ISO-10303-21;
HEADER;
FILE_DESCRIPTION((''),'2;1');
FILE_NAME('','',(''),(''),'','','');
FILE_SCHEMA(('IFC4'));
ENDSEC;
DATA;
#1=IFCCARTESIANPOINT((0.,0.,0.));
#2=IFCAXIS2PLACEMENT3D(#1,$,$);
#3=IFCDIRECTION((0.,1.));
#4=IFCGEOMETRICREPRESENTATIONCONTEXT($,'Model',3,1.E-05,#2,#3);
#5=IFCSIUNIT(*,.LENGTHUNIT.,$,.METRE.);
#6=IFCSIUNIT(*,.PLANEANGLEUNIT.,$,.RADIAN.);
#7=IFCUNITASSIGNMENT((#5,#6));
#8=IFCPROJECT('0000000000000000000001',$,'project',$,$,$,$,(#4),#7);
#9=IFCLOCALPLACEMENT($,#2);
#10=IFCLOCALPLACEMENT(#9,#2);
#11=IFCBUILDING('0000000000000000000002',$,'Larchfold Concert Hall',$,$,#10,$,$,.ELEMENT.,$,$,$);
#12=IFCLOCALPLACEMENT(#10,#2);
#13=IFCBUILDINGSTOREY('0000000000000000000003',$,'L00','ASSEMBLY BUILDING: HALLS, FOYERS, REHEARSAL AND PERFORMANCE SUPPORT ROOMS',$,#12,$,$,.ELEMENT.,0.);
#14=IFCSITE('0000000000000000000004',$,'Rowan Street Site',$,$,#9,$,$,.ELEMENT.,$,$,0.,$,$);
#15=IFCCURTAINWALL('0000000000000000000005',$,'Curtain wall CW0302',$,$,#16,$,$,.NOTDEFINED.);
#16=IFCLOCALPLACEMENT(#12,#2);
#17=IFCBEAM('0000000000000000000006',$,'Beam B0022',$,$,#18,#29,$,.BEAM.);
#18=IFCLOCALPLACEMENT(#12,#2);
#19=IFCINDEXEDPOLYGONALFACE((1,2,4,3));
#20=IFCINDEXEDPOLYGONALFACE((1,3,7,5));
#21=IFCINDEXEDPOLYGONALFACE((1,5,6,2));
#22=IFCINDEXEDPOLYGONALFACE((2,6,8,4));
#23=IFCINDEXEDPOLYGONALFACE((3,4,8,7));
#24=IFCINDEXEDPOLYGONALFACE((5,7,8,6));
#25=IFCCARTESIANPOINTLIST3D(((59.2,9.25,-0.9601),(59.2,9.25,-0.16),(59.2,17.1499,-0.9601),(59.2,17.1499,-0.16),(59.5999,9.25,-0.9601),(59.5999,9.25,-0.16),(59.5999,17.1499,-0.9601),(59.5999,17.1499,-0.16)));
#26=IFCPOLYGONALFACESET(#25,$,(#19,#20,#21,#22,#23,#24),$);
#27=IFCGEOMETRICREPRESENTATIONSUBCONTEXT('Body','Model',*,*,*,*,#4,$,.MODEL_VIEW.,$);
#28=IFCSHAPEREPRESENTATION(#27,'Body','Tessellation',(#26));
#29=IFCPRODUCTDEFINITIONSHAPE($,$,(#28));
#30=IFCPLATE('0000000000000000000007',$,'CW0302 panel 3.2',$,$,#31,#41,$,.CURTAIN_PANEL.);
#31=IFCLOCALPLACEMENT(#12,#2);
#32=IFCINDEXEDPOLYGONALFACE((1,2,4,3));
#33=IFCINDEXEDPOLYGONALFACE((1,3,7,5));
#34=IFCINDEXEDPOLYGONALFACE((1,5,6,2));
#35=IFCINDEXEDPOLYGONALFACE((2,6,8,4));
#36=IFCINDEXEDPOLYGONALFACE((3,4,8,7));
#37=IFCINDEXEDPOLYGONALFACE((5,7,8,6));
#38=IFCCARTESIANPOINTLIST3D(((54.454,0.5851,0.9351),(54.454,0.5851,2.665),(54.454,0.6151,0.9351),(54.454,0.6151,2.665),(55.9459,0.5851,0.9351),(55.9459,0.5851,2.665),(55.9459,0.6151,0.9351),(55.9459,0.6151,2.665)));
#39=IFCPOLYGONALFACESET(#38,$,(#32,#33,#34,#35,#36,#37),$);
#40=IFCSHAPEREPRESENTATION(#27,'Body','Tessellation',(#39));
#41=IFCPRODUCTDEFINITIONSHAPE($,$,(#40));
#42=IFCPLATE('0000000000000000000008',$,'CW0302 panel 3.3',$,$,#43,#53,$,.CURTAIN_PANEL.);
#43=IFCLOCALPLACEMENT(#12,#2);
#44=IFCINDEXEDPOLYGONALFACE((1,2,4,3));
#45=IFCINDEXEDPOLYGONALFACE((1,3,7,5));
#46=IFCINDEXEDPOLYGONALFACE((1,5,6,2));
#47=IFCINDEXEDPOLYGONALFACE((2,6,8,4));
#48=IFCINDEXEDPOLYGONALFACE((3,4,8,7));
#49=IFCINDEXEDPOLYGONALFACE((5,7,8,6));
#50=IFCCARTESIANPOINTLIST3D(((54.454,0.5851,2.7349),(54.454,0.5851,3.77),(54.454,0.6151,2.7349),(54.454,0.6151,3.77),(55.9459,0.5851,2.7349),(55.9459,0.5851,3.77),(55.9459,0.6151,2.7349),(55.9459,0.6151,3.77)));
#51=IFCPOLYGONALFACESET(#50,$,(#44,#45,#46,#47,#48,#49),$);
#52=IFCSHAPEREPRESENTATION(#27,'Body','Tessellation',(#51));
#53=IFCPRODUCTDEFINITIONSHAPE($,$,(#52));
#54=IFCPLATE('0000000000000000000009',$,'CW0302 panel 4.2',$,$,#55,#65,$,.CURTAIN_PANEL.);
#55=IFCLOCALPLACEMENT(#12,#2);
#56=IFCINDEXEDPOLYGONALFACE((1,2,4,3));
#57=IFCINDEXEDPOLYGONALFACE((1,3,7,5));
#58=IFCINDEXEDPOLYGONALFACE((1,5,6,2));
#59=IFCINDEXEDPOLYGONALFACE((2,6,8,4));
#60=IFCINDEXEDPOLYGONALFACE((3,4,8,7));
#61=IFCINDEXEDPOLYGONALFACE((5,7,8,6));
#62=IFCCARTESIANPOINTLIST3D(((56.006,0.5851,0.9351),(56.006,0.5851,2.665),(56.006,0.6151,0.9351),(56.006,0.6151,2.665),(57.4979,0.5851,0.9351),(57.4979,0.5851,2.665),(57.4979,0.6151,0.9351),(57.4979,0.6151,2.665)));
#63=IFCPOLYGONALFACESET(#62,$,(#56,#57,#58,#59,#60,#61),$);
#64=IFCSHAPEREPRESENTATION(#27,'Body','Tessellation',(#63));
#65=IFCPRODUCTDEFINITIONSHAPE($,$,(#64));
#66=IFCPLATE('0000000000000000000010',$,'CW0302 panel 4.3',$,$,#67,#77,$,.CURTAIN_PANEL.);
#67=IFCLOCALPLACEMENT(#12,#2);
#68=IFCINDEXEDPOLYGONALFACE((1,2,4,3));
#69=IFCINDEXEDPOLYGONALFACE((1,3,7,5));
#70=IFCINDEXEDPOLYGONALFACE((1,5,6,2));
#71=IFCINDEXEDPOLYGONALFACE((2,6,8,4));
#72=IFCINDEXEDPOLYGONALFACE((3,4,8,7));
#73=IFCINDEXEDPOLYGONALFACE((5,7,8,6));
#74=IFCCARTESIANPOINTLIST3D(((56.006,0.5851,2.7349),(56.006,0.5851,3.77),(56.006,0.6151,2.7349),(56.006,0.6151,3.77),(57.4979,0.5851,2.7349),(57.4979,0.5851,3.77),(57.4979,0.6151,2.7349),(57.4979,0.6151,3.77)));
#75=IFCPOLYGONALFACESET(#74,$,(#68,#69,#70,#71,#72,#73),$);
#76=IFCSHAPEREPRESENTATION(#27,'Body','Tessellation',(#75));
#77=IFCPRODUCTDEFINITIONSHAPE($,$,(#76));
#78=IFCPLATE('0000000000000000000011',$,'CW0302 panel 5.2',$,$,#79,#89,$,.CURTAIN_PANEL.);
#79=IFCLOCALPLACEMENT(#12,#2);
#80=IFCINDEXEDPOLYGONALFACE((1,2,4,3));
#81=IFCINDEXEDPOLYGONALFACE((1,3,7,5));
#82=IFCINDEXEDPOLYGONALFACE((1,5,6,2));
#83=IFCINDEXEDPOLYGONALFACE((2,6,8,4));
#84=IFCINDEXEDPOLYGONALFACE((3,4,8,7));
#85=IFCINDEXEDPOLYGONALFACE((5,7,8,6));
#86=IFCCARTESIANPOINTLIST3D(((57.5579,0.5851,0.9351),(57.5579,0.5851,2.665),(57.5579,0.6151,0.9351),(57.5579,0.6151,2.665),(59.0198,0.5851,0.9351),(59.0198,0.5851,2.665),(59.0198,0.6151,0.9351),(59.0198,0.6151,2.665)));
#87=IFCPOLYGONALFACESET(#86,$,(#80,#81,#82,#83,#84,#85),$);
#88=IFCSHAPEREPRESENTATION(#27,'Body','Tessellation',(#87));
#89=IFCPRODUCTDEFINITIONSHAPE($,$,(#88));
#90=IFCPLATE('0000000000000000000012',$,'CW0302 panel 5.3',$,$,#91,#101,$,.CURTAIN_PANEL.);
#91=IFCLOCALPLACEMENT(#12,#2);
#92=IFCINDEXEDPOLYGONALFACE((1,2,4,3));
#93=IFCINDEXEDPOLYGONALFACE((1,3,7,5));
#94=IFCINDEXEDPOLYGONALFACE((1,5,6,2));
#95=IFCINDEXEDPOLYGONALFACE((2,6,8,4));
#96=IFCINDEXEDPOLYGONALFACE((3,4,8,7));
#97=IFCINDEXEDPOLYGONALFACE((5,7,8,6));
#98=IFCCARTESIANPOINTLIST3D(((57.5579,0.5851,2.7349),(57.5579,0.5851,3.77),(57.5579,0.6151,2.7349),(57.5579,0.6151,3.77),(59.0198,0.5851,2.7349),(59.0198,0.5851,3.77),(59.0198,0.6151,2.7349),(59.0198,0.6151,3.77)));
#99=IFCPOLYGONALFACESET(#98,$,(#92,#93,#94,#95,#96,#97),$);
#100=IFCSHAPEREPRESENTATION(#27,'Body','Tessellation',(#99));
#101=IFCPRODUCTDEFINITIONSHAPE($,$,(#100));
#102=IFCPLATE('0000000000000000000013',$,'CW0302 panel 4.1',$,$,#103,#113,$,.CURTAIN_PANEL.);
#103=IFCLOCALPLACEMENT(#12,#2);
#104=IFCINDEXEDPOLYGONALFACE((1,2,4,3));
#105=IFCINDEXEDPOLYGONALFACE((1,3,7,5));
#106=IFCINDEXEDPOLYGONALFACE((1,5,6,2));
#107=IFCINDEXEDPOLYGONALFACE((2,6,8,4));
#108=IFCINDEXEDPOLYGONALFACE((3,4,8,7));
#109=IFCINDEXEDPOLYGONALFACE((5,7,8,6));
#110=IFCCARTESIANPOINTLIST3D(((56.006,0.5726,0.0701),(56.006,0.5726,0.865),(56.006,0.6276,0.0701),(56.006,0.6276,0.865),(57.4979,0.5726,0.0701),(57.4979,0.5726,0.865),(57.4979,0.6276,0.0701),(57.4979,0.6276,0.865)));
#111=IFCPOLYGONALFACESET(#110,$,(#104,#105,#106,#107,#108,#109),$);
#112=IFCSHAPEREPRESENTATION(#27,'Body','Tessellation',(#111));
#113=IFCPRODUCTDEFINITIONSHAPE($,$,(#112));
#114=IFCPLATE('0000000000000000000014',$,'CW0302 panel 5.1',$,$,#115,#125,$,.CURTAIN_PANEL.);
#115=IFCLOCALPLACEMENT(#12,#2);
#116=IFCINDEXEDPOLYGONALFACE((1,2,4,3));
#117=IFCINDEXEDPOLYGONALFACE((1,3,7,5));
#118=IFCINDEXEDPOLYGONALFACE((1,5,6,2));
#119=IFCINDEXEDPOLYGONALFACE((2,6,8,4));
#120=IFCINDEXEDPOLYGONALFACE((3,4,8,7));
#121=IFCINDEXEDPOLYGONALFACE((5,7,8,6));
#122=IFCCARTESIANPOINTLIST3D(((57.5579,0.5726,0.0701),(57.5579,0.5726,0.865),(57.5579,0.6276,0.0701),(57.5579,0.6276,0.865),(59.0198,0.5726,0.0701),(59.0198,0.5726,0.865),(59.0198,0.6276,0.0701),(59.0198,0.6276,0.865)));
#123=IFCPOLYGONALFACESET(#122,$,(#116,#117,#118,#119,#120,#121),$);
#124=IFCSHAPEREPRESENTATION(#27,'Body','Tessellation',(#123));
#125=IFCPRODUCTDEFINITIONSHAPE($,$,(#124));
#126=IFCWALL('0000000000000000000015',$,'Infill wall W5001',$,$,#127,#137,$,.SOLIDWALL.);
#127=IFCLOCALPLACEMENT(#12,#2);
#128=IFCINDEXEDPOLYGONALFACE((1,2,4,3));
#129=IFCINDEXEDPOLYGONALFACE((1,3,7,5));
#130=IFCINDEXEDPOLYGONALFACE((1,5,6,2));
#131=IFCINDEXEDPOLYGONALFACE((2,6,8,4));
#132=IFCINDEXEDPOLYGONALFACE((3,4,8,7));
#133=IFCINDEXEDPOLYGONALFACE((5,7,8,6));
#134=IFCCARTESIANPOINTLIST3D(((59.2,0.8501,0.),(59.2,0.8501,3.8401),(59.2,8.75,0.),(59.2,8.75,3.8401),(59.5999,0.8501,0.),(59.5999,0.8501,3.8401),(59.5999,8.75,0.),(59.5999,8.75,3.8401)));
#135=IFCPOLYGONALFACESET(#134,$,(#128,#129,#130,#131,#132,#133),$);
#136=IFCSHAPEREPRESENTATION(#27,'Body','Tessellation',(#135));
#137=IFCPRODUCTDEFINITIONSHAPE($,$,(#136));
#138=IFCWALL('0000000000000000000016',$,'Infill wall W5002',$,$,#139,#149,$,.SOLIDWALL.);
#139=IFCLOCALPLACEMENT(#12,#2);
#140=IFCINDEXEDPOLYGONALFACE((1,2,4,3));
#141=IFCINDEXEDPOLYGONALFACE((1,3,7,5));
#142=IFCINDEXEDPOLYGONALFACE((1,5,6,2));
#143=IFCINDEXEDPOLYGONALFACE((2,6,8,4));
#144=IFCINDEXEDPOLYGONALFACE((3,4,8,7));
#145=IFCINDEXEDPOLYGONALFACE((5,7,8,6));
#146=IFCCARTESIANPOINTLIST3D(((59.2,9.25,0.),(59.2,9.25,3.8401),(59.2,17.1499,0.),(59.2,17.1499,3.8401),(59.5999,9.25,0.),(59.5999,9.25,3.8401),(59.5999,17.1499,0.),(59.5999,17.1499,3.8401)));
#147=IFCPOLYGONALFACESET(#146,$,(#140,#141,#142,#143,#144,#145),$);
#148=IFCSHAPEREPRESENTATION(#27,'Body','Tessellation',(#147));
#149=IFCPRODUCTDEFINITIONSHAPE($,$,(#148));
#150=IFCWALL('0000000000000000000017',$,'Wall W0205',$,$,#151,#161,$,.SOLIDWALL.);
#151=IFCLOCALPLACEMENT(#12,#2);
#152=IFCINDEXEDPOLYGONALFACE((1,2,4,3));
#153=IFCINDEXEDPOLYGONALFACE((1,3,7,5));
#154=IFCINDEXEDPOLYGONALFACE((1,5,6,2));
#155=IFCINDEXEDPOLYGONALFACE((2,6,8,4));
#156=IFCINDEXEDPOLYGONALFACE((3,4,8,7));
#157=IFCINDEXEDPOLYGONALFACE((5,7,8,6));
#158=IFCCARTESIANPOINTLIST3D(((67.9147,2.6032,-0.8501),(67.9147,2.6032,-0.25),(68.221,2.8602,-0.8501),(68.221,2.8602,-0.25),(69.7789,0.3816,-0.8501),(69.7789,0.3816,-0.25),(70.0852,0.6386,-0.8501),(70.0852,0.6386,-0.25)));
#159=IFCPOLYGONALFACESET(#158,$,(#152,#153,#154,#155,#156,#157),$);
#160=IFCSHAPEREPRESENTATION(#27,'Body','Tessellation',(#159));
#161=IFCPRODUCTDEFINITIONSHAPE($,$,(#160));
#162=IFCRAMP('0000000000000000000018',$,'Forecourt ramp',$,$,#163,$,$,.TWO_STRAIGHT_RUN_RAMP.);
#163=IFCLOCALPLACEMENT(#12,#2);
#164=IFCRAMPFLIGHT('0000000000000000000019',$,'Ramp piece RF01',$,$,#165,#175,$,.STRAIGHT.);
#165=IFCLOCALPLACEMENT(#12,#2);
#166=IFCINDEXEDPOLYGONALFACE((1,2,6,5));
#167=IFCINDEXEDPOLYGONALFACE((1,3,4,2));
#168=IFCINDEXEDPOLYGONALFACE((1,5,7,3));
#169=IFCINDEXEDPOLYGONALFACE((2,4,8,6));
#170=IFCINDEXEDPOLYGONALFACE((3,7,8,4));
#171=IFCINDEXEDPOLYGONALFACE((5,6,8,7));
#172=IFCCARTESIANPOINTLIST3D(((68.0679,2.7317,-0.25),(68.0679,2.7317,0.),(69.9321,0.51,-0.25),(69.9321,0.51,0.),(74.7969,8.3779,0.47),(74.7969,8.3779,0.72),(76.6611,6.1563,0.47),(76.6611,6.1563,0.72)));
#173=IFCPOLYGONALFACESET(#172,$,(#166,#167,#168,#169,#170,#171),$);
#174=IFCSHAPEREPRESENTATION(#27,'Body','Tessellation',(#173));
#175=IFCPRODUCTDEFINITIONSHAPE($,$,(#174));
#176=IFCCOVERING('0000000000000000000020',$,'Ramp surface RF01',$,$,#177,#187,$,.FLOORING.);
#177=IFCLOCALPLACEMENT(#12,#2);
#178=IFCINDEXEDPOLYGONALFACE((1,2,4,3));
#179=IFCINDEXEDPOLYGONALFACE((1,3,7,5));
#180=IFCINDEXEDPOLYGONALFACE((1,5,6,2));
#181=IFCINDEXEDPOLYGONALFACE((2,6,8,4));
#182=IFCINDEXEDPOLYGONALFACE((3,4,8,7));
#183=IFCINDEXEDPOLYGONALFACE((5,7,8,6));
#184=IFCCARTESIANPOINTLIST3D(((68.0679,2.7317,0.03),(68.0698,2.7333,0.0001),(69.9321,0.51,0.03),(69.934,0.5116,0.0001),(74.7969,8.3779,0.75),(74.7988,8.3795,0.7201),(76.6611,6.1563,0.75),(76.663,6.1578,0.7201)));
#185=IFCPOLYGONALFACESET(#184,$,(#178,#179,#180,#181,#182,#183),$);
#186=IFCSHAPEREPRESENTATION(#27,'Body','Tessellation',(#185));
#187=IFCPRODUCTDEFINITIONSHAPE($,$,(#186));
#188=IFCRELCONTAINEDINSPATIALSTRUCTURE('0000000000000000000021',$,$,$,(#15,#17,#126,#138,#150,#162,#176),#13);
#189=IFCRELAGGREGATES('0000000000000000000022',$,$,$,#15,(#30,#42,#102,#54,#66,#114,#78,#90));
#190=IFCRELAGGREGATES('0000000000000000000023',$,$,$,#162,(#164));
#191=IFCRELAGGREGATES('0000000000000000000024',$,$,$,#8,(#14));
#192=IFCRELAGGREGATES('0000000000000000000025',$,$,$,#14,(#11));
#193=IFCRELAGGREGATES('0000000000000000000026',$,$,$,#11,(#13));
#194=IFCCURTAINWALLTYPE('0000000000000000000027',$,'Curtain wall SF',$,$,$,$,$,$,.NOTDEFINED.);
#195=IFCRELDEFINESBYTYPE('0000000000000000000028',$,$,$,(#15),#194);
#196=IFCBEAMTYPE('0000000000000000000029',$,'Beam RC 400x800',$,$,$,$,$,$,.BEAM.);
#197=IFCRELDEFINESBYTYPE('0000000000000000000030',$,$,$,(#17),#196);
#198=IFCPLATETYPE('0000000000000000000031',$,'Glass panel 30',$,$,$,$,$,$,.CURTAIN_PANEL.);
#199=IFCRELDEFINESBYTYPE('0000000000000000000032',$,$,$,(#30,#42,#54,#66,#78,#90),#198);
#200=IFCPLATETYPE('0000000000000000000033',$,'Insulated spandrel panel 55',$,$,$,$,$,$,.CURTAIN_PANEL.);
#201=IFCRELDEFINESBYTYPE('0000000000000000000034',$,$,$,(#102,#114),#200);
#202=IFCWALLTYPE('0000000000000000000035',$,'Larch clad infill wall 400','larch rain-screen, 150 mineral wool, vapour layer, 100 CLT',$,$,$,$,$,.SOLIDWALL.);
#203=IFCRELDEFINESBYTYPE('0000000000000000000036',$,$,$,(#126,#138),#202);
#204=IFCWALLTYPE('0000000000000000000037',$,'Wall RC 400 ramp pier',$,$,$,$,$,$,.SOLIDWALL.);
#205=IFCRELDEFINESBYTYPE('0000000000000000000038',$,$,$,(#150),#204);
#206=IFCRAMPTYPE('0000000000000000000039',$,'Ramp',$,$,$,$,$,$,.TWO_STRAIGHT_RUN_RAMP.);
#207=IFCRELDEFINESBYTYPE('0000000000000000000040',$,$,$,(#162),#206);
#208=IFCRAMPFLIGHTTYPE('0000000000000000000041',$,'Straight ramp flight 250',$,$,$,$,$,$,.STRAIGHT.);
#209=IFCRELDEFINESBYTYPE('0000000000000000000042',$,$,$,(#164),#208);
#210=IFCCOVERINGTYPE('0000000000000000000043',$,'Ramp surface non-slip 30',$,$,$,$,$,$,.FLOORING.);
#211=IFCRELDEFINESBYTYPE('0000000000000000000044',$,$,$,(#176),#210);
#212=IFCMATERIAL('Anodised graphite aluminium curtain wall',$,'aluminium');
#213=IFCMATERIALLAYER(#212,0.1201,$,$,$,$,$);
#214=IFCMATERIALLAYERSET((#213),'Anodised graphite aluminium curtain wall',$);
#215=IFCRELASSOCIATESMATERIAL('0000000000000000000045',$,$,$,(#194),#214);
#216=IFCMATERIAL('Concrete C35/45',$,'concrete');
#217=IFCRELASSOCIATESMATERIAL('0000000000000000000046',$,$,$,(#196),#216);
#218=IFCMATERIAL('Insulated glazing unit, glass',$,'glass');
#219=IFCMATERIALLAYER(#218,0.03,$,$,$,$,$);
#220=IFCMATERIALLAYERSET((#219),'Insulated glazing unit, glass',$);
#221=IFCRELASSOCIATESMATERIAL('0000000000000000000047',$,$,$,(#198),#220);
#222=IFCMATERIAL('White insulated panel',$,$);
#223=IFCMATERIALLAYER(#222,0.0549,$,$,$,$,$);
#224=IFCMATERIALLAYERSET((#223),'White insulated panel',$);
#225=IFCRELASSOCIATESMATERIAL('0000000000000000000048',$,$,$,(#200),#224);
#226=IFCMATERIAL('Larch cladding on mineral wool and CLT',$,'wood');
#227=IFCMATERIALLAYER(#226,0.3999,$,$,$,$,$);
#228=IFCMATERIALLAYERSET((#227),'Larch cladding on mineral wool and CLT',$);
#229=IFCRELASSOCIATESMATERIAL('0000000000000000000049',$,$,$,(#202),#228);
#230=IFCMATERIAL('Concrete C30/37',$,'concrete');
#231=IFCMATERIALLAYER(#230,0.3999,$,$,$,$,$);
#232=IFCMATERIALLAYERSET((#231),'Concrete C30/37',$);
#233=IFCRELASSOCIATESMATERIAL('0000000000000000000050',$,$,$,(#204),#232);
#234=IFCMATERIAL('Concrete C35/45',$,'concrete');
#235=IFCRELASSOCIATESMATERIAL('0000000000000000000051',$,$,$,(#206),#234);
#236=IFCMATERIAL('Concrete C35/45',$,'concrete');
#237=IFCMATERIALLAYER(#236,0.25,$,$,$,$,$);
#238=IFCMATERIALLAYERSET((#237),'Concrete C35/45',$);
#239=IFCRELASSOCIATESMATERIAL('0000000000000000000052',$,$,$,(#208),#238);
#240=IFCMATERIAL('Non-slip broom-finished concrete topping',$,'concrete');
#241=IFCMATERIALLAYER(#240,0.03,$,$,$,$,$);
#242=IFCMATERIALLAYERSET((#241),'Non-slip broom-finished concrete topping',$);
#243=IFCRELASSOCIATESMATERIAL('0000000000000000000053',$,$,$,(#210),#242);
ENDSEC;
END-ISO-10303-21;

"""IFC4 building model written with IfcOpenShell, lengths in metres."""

from ifc_helpers import new_model, si_unit, direction, frame, frame_2d, origin, origin_2d, place, context, subcontext, project, spatial, polyline, rectangle, outline, extrude, material, layer, layer_set, material_profile, profile_set, type_object, element, aggregate, save


model = new_model("IFC4")

# Units and contexts
model_context = context("Model", 3, precision=1e-05, world=origin(), true_north=direction((0.0, 1.0)))
body_context = subcontext(model_context, "Body", "Model", "MODEL_VIEW")
ifc_project = project(units=[si_unit("LENGTHUNIT", "METRE"), si_unit("PLANEANGLEUNIT", "RADIAN")], contexts=[model_context])

# Site, building, storey
site_placement = place(None, origin())
site = spatial("IfcSite", under=ifc_project, at=site_placement, Name="Rowan Street Site", CompositionType="ELEMENT", RefElevation=0.0)
building_placement = place(site_placement, origin())
building = spatial("IfcBuilding", under=site, at=building_placement, Name="Larchfold Concert Hall", CompositionType="ELEMENT")
storey_placement = place(building_placement, origin())
storey = spatial("IfcBuildingStorey", under=building, at=storey_placement, Name="L00", Description="ASSEMBLY BUILDING: HALLS, FOYERS, REHEARSAL AND PERFORMANCE SUPPORT ROOMS", CompositionType="ELEMENT", Elevation=0.0)

# Curtain wall
ifc_material_1 = material(Name="Anodised graphite aluminium curtain wall", Category="aluminium")
ifc_layer_1 = layer(ifc_material_1, 0.1201)
ifc_layer_set_1 = layer_set([ifc_layer_1], Name="Anodised graphite aluminium curtain wall")
curtain_wall_type = type_object("IfcCurtainWallType", Name="Curtain wall SF", PredefinedType="NOTDEFINED", material=ifc_layer_set_1)
curtain_wall_placement = place(storey_placement, origin())
curtain_wall = element("IfcCurtainWall", 1, at=curtain_wall_placement, inside=storey, type_object=curtain_wall_type, Name="Curtain wall CW0302", PredefinedType="NOTDEFINED")

# Beam
ifc_material_2 = material(Name="Concrete C35/45", Category="concrete")
ifc_material_profile_1 = material_profile(ifc_material_2, rectangle(XDim=0.3999, YDim=0.8, at=origin_2d()))
ifc_profile_set_1 = profile_set([ifc_material_profile_1], Name="Concrete C35/45")
beam_type = type_object("IfcBeamType", Name="Beam RC 400x800", PredefinedType="BEAM", material=ifc_profile_set_1)
for number, where, z_axis, x_axis, name in (
    (2, (59.3999, 9.25, -0.5601), (0.0, 1.0, 0.0), (-1.0, 0.0, 0.0), "Beam B0022"),
):
    element("IfcBeam", number, at=place(storey_placement, frame(where, z_axis=z_axis, x_axis=x_axis)), inside=storey, type_object=beam_type, Name=name, PredefinedType="BEAM", context=body_context, shape_type="SweptSolid", body=[
        extrude(rectangle(XDim=0.3999, YDim=0.8, at=origin_2d()), origin(), (0.0, 0.0, 1.0), 7.8999),
    ])

# Plates
ifc_material_3 = material(Name="Insulated glazing unit, glass", Category="glass")
ifc_layer_2 = layer(ifc_material_3, 0.03)
ifc_layer_set_2 = layer_set([ifc_layer_2], Name="Insulated glazing unit, glass")
plate_type_1 = type_object("IfcPlateType", Name="Glass panel 30", PredefinedType="CURTAIN_PANEL", material=ifc_layer_set_2)
plate_1_placement = place(storey_placement, frame((55.2, 0.6001, 0.9351), z_axis=(0.0, 0.0, 1.0), x_axis=(1.0, 0.0, 0.0)))
plate_1 = element("IfcPlate", 3, at=plate_1_placement, type_object=plate_type_1, Name="CW0302 panel 3.2", PredefinedType="CURTAIN_PANEL", context=body_context, shape_type="SweptSolid", body=[
    extrude(rectangle(XDim=1.4919, YDim=0.03, at=origin_2d()), origin(), (0.0, 0.0, 1.0), 1.73),
])
plate_2_placement = place(storey_placement, frame((55.2, 0.6001, 2.7349), z_axis=(0.0, 0.0, 1.0), x_axis=(1.0, 0.0, 0.0)))
plate_2 = element("IfcPlate", 4, at=plate_2_placement, type_object=plate_type_1, Name="CW0302 panel 3.3", PredefinedType="CURTAIN_PANEL", context=body_context, shape_type="SweptSolid", body=[
    extrude(rectangle(XDim=1.4919, YDim=0.03, at=origin_2d()), origin(), (0.0, 0.0, 1.0), 1.0352),
])
plate_3_placement = place(storey_placement, frame((56.752, 0.6001, 0.9351), z_axis=(0.0, 0.0, 1.0), x_axis=(1.0, 0.0, 0.0)))
plate_3 = element("IfcPlate", 5, at=plate_3_placement, type_object=plate_type_1, Name="CW0302 panel 4.2", PredefinedType="CURTAIN_PANEL", context=body_context, shape_type="SweptSolid", body=[
    extrude(rectangle(XDim=1.4919, YDim=0.03, at=origin_2d()), origin(), (0.0, 0.0, 1.0), 1.73),
])
plate_4_placement = place(storey_placement, frame((56.752, 0.6001, 2.7349), z_axis=(0.0, 0.0, 1.0), x_axis=(1.0, 0.0, 0.0)))
plate_4 = element("IfcPlate", 6, at=plate_4_placement, type_object=plate_type_1, Name="CW0302 panel 4.3", PredefinedType="CURTAIN_PANEL", context=body_context, shape_type="SweptSolid", body=[
    extrude(rectangle(XDim=1.4919, YDim=0.03, at=origin_2d()), origin(), (0.0, 0.0, 1.0), 1.0352),
])
plate_5_placement = place(storey_placement, frame((58.2888, 0.6001, 0.9351), z_axis=(0.0, 0.0, 1.0), x_axis=(1.0, 0.0, 0.0)))
plate_5 = element("IfcPlate", 7, at=plate_5_placement, type_object=plate_type_1, Name="CW0302 panel 5.2", PredefinedType="CURTAIN_PANEL", context=body_context, shape_type="SweptSolid", body=[
    extrude(rectangle(XDim=1.4619, YDim=0.03, at=origin_2d()), origin(), (0.0, 0.0, 1.0), 1.73),
])
plate_6_placement = place(storey_placement, frame((58.2888, 0.6001, 2.7349), z_axis=(0.0, 0.0, 1.0), x_axis=(1.0, 0.0, 0.0)))
plate_6 = element("IfcPlate", 8, at=plate_6_placement, type_object=plate_type_1, Name="CW0302 panel 5.3", PredefinedType="CURTAIN_PANEL", context=body_context, shape_type="SweptSolid", body=[
    extrude(rectangle(XDim=1.4619, YDim=0.03, at=origin_2d()), origin(), (0.0, 0.0, 1.0), 1.0352),
])
ifc_material_4 = material(Name="White insulated panel")
ifc_layer_3 = layer(ifc_material_4, 0.0549)
ifc_layer_set_3 = layer_set([ifc_layer_3], Name="White insulated panel")
plate_type_2 = type_object("IfcPlateType", Name="Insulated spandrel panel 55", PredefinedType="CURTAIN_PANEL", material=ifc_layer_set_3)
plate_7_placement = place(storey_placement, frame((56.752, 0.6001, 0.0701), z_axis=(0.0, 0.0, 1.0), x_axis=(1.0, 0.0, 0.0)))
plate_7 = element("IfcPlate", 9, at=plate_7_placement, type_object=plate_type_2, Name="CW0302 panel 4.1", PredefinedType="CURTAIN_PANEL", context=body_context, shape_type="SweptSolid", body=[
    extrude(rectangle(XDim=1.4919, YDim=0.0549, at=origin_2d()), origin(), (0.0, 0.0, 1.0), 0.7949),
])
plate_8_placement = place(storey_placement, frame((58.2888, 0.6001, 0.0701), z_axis=(0.0, 0.0, 1.0), x_axis=(1.0, 0.0, 0.0)))
plate_8 = element("IfcPlate", 10, at=plate_8_placement, type_object=plate_type_2, Name="CW0302 panel 5.1", PredefinedType="CURTAIN_PANEL", context=body_context, shape_type="SweptSolid", body=[
    extrude(rectangle(XDim=1.4619, YDim=0.0549, at=origin_2d()), origin(), (0.0, 0.0, 1.0), 0.7949),
])
aggregate(curtain_wall, [plate_1, plate_2, plate_7, plate_3, plate_4, plate_8, plate_5, plate_6])

# Walls
ifc_material_5 = material(Name="Larch cladding on mineral wool and CLT", Category="wood")
ifc_layer_4 = layer(ifc_material_5, 0.3999)
ifc_layer_set_4 = layer_set([ifc_layer_4], Name="Larch cladding on mineral wool and CLT")
wall_type_1 = type_object("IfcWallType", Name="Larch clad infill wall 400", Description="larch rain-screen, 150 mineral wool, vapour layer, 100 CLT", PredefinedType="SOLIDWALL", material=ifc_layer_set_4)
for number, where, z_axis, x_axis, name in (
    (11, (59.3999, 0.8501, 0.0), (0.0, 0.0, 1.0), (0.0, 1.0, 0.0), "Infill wall W5001"),
    (12, (59.3999, 9.25, 0.0), (0.0, 0.0, 1.0), (0.0, 1.0, 0.0), "Infill wall W5002"),
):
    element("IfcWall", number, at=place(storey_placement, frame(where, z_axis=z_axis, x_axis=x_axis)), inside=storey, type_object=wall_type_1, Name=name, PredefinedType="SOLIDWALL", context=body_context, shape_type="SweptSolid", body=[
        extrude(rectangle(XDim=7.8999, YDim=0.3999, at=frame_2d((3.95, 0.0))), origin(), (0.0, 0.0, 1.0), 3.8401),
    ])
ifc_material_6 = material(Name="Concrete C30/37", Category="concrete")
ifc_layer_5 = layer(ifc_material_6, 0.3999)
ifc_layer_set_5 = layer_set([ifc_layer_5], Name="Concrete C30/37")
wall_type_2 = type_object("IfcWallType", Name="Wall RC 400 ramp pier", PredefinedType="SOLIDWALL", material=ifc_layer_set_5)
wall_placement = place(storey_placement, frame((69.9321, 0.51, -0.8501), z_axis=(0.0, 0.0, 1.0), x_axis=(-0.642797, 0.766036, 0.0)))
element("IfcWall", 13, at=wall_placement, inside=storey, type_object=wall_type_2, Name="Wall W0205", PredefinedType="SOLIDWALL", context=body_context, shape_type="SweptSolid", body=[
    extrude(rectangle(XDim=2.9001, YDim=0.3999, at=frame_2d((1.4502, 0.0))), origin(), (0.0, 0.0, 1.0), 0.6001),
])

# Ramp, ramp flight
ifc_material_7 = material(Name="Concrete C35/45", Category="concrete")
ramp_type = type_object("IfcRampType", Name="Ramp", PredefinedType="TWO_STRAIGHT_RUN_RAMP", material=ifc_material_7)
ramp_placement = place(storey_placement, origin())
ramp = element("IfcRamp", 14, at=ramp_placement, inside=storey, type_object=ramp_type, Name="Forecourt ramp", PredefinedType="TWO_STRAIGHT_RUN_RAMP")
ifc_material_8 = material(Name="Concrete C35/45", Category="concrete")
ifc_layer_6 = layer(ifc_material_8, 0.25)
ifc_layer_set_6 = layer_set([ifc_layer_6], Name="Concrete C35/45")
ramp_flight_type = type_object("IfcRampFlightType", Name="Straight ramp flight 250", PredefinedType="STRAIGHT", material=ifc_layer_set_6)
ramp_flight_placement = place(storey_placement, frame((68.0679, 2.7317, 0.0), z_axis=(-0.062577, -0.05251, 0.996658), x_axis=(0.763488, 0.640635, 0.081689)))
ramp_flight = element("IfcRampFlight", 15, at=ramp_flight_placement, type_object=ramp_flight_type, Name="Ramp piece RF01", PredefinedType="STRAIGHT", context=body_context, shape_type="SweptSolid", body=[
    extrude(outline(polyline([(0.0, 0.0), (8.8135, 0.0), (8.8136, -2.9002), (0.0001, -2.9002), (0.0, 0.0)])), origin(), (-0.081689, -0.000001, -0.996658), 0.25),
])
aggregate(ramp, [ramp_flight])

# Covering
ifc_material_9 = material(Name="Non-slip broom-finished concrete topping", Category="concrete")
ifc_layer_7 = layer(ifc_material_9, 0.03)
ifc_layer_set_7 = layer_set([ifc_layer_7], Name="Non-slip broom-finished concrete topping")
covering_type = type_object("IfcCoveringType", Name="Ramp surface non-slip 30", PredefinedType="FLOORING", material=ifc_layer_set_7)
covering_placement = place(storey_placement, frame((68.0679, 2.7317, 0.03), z_axis=(-0.062577, -0.05251, 0.996658), x_axis=(0.763488, 0.640635, 0.081689)))
element("IfcCovering", 16, at=covering_placement, inside=storey, type_object=covering_type, Name="Ramp surface RF01", PredefinedType="FLOORING", context=body_context, shape_type="SweptSolid", body=[
    extrude(outline(polyline([(0.0, 0.0), (8.8135, 0.0), (8.8136, -2.9002), (0.0001, -2.9002), (0.0, 0.0)])), origin(), (0.0, 0.0, -1.0), 0.03),
])

save(model, "model.ifc")
